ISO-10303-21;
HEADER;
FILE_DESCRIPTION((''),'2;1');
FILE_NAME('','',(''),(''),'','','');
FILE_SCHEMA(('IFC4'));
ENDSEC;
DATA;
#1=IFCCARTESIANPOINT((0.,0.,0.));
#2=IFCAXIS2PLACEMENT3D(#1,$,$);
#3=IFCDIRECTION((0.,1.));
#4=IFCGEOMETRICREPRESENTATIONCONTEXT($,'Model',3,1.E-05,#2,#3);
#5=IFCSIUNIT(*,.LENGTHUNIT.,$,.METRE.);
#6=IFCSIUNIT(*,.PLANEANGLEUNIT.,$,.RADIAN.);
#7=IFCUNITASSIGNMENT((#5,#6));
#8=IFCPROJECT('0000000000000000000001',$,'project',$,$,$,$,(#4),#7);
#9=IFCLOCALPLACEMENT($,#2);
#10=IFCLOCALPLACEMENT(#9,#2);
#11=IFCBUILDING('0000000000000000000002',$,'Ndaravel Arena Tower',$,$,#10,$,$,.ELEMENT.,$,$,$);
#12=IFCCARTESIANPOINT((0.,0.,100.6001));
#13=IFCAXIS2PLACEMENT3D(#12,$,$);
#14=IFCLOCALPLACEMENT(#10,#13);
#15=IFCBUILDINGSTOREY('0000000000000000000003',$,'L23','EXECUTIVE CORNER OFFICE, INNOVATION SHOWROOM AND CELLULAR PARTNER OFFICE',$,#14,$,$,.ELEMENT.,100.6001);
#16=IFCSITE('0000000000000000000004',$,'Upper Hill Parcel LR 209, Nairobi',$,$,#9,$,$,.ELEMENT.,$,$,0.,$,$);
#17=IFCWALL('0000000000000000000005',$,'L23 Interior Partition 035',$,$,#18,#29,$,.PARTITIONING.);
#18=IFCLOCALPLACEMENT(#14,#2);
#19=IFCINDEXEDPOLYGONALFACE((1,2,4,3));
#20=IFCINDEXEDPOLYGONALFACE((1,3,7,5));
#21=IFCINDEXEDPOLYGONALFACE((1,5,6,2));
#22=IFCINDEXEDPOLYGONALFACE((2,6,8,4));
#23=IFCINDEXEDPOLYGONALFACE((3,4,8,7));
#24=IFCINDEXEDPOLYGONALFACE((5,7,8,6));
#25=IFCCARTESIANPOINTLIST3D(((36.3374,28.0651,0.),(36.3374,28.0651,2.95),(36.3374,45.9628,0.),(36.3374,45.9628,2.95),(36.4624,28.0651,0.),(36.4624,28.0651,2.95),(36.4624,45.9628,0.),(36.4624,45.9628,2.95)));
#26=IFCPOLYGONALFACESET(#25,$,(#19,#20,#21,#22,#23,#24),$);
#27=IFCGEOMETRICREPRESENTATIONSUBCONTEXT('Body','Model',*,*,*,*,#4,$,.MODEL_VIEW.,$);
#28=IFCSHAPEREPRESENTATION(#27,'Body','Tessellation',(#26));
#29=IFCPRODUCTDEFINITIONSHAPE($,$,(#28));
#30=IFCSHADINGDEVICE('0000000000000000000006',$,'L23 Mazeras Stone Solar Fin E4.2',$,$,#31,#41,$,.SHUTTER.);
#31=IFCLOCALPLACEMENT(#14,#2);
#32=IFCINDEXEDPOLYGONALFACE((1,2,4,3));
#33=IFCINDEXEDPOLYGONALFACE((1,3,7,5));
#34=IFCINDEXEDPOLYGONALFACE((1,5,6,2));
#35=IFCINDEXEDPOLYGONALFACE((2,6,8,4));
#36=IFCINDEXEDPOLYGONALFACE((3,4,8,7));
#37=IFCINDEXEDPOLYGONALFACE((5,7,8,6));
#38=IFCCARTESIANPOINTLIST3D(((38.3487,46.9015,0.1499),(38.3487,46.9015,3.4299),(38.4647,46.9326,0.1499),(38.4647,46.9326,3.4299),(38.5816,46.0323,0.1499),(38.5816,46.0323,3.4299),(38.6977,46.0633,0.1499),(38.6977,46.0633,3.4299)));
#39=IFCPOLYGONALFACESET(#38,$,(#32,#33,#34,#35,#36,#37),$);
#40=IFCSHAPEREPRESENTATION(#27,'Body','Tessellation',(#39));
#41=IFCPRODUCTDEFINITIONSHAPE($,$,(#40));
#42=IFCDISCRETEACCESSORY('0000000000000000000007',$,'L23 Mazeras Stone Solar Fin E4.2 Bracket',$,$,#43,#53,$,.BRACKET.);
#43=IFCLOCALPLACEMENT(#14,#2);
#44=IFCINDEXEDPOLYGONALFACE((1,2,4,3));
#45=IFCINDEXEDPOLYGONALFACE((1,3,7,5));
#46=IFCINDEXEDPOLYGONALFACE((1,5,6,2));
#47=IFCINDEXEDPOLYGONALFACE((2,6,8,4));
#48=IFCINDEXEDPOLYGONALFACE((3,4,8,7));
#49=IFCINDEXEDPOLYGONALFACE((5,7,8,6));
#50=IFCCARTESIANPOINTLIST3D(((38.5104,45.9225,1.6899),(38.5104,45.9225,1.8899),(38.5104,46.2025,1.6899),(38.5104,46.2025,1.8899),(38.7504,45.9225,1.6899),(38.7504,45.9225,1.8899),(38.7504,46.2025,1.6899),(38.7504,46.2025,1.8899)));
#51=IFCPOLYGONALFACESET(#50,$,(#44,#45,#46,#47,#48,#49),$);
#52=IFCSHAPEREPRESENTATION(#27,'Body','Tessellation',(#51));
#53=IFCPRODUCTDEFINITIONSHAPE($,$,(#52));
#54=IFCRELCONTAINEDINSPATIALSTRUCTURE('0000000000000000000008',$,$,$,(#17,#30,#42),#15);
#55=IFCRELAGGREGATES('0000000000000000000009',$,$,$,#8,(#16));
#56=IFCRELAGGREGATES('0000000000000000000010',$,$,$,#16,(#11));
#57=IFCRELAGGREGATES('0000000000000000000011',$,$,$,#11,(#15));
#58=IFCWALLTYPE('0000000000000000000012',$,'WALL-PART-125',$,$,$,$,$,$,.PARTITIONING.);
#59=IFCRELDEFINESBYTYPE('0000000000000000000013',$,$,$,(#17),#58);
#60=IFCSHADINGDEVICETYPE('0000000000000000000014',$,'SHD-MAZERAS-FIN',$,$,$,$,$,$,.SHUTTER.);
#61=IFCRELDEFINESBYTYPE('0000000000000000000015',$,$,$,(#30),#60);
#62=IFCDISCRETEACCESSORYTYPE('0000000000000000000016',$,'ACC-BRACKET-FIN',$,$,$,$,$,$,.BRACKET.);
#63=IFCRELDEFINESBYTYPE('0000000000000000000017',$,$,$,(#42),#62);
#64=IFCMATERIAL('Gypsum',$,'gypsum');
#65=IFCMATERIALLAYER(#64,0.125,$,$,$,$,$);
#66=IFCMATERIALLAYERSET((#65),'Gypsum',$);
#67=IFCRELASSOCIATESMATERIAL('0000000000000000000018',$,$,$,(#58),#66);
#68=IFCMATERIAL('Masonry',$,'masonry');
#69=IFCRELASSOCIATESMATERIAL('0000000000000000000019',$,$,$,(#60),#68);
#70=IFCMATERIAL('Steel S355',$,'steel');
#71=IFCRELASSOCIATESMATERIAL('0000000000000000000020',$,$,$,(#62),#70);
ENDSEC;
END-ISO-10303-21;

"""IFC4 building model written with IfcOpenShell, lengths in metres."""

from ifc_helpers import new_model, si_unit, direction, frame, frame_2d, origin, origin_2d, place, context, subcontext, project, spatial, rectangle, extrude, material, layer, layer_set, type_object, element, save


model = new_model("IFC4")

# Units and contexts
model_context = context("Model", 3, precision=1e-05, world=origin(), true_north=direction((0.0, 1.0)))
body_context = subcontext(model_context, "Body", "Model", "MODEL_VIEW")
ifc_project = project(units=[si_unit("LENGTHUNIT", "METRE"), si_unit("PLANEANGLEUNIT", "RADIAN")], contexts=[model_context])

# Site, building, storey
site_placement = place(None, origin())
site = spatial("IfcSite", under=ifc_project, at=site_placement, Name="Upper Hill Parcel LR 209, Nairobi", CompositionType="ELEMENT", RefElevation=0.0)
building_placement = place(site_placement, origin())
building = spatial("IfcBuilding", under=site, at=building_placement, Name="Ndaravel Arena Tower", CompositionType="ELEMENT")
storey_placement = place(building_placement, frame((0.0, 0.0, 100.6001)))
storey = spatial("IfcBuildingStorey", under=building, at=storey_placement, Name="L23", Description="EXECUTIVE CORNER OFFICE, INNOVATION SHOWROOM AND CELLULAR PARTNER OFFICE", CompositionType="ELEMENT", Elevation=100.6001)

# Wall
ifc_material_1 = material(Name="Gypsum", Category="gypsum")
ifc_layer_1 = layer(ifc_material_1, 0.125)
ifc_layer_set_1 = layer_set([ifc_layer_1], Name="Gypsum")
wall_type = type_object("IfcWallType", Name="WALL-PART-125", PredefinedType="PARTITIONING", material=ifc_layer_set_1)
wall_placement = place(storey_placement, frame((36.3999, 45.9626, 0.0), z_axis=(0.0, 0.0, 1.0), x_axis=(0.0, -1.0, 0.0)))
element("IfcWall", 1, at=wall_placement, inside=storey, type_object=wall_type, Name="L23 Interior Partition 035", PredefinedType="PARTITIONING", context=body_context, shape_type="SweptSolid", body=[
    extrude(rectangle(XDim=17.8977, YDim=0.125, at=frame_2d((8.9487, 0.0))), origin(), (0.0, 0.0, 1.0), 2.95),
])

# Shading device
ifc_material_2 = material(Name="Masonry", Category="masonry")
shading_device_type = type_object("IfcShadingDeviceType", Name="SHD-MAZERAS-FIN", PredefinedType="SHUTTER", material=ifc_material_2)
shading_device_placement = place(storey_placement, frame((38.5232, 46.4824, 0.1499), z_axis=(0.0, 0.0, 1.0), x_axis=(-0.258819, 0.965926, 0.0)))
element("IfcShadingDevice", 2, at=shading_device_placement, inside=storey, type_object=shading_device_type, Name="L23 Mazeras Stone Solar Fin E4.2", PredefinedType="SHUTTER", context=body_context, shape_type="SweptSolid", body=[
    extrude(rectangle(XDim=0.8999, YDim=0.1201, at=origin_2d()), origin(), (0.0, 0.0, 1.0), 3.28),
])

# Discrete accessory
ifc_material_3 = material(Name="Steel S355", Category="steel")
discrete_accessory_type = type_object("IfcDiscreteAccessoryType", Name="ACC-BRACKET-FIN", PredefinedType="BRACKET", material=ifc_material_3)
discrete_accessory_placement = place(storey_placement, frame((38.6304, 46.0625, 1.6899), z_axis=(0.0, 0.0, 1.0), x_axis=(0.0, 1.0, 0.0)))
element("IfcDiscreteAccessory", 3, at=discrete_accessory_placement, inside=storey, type_object=discrete_accessory_type, Name="L23 Mazeras Stone Solar Fin E4.2 Bracket", PredefinedType="BRACKET", context=body_context, shape_type="SweptSolid", body=[
    extrude(rectangle(XDim=0.28, YDim=0.24, at=origin_2d()), origin(), (0.0, 0.0, 1.0), 0.2),
])

save(model, "model.ifc")
